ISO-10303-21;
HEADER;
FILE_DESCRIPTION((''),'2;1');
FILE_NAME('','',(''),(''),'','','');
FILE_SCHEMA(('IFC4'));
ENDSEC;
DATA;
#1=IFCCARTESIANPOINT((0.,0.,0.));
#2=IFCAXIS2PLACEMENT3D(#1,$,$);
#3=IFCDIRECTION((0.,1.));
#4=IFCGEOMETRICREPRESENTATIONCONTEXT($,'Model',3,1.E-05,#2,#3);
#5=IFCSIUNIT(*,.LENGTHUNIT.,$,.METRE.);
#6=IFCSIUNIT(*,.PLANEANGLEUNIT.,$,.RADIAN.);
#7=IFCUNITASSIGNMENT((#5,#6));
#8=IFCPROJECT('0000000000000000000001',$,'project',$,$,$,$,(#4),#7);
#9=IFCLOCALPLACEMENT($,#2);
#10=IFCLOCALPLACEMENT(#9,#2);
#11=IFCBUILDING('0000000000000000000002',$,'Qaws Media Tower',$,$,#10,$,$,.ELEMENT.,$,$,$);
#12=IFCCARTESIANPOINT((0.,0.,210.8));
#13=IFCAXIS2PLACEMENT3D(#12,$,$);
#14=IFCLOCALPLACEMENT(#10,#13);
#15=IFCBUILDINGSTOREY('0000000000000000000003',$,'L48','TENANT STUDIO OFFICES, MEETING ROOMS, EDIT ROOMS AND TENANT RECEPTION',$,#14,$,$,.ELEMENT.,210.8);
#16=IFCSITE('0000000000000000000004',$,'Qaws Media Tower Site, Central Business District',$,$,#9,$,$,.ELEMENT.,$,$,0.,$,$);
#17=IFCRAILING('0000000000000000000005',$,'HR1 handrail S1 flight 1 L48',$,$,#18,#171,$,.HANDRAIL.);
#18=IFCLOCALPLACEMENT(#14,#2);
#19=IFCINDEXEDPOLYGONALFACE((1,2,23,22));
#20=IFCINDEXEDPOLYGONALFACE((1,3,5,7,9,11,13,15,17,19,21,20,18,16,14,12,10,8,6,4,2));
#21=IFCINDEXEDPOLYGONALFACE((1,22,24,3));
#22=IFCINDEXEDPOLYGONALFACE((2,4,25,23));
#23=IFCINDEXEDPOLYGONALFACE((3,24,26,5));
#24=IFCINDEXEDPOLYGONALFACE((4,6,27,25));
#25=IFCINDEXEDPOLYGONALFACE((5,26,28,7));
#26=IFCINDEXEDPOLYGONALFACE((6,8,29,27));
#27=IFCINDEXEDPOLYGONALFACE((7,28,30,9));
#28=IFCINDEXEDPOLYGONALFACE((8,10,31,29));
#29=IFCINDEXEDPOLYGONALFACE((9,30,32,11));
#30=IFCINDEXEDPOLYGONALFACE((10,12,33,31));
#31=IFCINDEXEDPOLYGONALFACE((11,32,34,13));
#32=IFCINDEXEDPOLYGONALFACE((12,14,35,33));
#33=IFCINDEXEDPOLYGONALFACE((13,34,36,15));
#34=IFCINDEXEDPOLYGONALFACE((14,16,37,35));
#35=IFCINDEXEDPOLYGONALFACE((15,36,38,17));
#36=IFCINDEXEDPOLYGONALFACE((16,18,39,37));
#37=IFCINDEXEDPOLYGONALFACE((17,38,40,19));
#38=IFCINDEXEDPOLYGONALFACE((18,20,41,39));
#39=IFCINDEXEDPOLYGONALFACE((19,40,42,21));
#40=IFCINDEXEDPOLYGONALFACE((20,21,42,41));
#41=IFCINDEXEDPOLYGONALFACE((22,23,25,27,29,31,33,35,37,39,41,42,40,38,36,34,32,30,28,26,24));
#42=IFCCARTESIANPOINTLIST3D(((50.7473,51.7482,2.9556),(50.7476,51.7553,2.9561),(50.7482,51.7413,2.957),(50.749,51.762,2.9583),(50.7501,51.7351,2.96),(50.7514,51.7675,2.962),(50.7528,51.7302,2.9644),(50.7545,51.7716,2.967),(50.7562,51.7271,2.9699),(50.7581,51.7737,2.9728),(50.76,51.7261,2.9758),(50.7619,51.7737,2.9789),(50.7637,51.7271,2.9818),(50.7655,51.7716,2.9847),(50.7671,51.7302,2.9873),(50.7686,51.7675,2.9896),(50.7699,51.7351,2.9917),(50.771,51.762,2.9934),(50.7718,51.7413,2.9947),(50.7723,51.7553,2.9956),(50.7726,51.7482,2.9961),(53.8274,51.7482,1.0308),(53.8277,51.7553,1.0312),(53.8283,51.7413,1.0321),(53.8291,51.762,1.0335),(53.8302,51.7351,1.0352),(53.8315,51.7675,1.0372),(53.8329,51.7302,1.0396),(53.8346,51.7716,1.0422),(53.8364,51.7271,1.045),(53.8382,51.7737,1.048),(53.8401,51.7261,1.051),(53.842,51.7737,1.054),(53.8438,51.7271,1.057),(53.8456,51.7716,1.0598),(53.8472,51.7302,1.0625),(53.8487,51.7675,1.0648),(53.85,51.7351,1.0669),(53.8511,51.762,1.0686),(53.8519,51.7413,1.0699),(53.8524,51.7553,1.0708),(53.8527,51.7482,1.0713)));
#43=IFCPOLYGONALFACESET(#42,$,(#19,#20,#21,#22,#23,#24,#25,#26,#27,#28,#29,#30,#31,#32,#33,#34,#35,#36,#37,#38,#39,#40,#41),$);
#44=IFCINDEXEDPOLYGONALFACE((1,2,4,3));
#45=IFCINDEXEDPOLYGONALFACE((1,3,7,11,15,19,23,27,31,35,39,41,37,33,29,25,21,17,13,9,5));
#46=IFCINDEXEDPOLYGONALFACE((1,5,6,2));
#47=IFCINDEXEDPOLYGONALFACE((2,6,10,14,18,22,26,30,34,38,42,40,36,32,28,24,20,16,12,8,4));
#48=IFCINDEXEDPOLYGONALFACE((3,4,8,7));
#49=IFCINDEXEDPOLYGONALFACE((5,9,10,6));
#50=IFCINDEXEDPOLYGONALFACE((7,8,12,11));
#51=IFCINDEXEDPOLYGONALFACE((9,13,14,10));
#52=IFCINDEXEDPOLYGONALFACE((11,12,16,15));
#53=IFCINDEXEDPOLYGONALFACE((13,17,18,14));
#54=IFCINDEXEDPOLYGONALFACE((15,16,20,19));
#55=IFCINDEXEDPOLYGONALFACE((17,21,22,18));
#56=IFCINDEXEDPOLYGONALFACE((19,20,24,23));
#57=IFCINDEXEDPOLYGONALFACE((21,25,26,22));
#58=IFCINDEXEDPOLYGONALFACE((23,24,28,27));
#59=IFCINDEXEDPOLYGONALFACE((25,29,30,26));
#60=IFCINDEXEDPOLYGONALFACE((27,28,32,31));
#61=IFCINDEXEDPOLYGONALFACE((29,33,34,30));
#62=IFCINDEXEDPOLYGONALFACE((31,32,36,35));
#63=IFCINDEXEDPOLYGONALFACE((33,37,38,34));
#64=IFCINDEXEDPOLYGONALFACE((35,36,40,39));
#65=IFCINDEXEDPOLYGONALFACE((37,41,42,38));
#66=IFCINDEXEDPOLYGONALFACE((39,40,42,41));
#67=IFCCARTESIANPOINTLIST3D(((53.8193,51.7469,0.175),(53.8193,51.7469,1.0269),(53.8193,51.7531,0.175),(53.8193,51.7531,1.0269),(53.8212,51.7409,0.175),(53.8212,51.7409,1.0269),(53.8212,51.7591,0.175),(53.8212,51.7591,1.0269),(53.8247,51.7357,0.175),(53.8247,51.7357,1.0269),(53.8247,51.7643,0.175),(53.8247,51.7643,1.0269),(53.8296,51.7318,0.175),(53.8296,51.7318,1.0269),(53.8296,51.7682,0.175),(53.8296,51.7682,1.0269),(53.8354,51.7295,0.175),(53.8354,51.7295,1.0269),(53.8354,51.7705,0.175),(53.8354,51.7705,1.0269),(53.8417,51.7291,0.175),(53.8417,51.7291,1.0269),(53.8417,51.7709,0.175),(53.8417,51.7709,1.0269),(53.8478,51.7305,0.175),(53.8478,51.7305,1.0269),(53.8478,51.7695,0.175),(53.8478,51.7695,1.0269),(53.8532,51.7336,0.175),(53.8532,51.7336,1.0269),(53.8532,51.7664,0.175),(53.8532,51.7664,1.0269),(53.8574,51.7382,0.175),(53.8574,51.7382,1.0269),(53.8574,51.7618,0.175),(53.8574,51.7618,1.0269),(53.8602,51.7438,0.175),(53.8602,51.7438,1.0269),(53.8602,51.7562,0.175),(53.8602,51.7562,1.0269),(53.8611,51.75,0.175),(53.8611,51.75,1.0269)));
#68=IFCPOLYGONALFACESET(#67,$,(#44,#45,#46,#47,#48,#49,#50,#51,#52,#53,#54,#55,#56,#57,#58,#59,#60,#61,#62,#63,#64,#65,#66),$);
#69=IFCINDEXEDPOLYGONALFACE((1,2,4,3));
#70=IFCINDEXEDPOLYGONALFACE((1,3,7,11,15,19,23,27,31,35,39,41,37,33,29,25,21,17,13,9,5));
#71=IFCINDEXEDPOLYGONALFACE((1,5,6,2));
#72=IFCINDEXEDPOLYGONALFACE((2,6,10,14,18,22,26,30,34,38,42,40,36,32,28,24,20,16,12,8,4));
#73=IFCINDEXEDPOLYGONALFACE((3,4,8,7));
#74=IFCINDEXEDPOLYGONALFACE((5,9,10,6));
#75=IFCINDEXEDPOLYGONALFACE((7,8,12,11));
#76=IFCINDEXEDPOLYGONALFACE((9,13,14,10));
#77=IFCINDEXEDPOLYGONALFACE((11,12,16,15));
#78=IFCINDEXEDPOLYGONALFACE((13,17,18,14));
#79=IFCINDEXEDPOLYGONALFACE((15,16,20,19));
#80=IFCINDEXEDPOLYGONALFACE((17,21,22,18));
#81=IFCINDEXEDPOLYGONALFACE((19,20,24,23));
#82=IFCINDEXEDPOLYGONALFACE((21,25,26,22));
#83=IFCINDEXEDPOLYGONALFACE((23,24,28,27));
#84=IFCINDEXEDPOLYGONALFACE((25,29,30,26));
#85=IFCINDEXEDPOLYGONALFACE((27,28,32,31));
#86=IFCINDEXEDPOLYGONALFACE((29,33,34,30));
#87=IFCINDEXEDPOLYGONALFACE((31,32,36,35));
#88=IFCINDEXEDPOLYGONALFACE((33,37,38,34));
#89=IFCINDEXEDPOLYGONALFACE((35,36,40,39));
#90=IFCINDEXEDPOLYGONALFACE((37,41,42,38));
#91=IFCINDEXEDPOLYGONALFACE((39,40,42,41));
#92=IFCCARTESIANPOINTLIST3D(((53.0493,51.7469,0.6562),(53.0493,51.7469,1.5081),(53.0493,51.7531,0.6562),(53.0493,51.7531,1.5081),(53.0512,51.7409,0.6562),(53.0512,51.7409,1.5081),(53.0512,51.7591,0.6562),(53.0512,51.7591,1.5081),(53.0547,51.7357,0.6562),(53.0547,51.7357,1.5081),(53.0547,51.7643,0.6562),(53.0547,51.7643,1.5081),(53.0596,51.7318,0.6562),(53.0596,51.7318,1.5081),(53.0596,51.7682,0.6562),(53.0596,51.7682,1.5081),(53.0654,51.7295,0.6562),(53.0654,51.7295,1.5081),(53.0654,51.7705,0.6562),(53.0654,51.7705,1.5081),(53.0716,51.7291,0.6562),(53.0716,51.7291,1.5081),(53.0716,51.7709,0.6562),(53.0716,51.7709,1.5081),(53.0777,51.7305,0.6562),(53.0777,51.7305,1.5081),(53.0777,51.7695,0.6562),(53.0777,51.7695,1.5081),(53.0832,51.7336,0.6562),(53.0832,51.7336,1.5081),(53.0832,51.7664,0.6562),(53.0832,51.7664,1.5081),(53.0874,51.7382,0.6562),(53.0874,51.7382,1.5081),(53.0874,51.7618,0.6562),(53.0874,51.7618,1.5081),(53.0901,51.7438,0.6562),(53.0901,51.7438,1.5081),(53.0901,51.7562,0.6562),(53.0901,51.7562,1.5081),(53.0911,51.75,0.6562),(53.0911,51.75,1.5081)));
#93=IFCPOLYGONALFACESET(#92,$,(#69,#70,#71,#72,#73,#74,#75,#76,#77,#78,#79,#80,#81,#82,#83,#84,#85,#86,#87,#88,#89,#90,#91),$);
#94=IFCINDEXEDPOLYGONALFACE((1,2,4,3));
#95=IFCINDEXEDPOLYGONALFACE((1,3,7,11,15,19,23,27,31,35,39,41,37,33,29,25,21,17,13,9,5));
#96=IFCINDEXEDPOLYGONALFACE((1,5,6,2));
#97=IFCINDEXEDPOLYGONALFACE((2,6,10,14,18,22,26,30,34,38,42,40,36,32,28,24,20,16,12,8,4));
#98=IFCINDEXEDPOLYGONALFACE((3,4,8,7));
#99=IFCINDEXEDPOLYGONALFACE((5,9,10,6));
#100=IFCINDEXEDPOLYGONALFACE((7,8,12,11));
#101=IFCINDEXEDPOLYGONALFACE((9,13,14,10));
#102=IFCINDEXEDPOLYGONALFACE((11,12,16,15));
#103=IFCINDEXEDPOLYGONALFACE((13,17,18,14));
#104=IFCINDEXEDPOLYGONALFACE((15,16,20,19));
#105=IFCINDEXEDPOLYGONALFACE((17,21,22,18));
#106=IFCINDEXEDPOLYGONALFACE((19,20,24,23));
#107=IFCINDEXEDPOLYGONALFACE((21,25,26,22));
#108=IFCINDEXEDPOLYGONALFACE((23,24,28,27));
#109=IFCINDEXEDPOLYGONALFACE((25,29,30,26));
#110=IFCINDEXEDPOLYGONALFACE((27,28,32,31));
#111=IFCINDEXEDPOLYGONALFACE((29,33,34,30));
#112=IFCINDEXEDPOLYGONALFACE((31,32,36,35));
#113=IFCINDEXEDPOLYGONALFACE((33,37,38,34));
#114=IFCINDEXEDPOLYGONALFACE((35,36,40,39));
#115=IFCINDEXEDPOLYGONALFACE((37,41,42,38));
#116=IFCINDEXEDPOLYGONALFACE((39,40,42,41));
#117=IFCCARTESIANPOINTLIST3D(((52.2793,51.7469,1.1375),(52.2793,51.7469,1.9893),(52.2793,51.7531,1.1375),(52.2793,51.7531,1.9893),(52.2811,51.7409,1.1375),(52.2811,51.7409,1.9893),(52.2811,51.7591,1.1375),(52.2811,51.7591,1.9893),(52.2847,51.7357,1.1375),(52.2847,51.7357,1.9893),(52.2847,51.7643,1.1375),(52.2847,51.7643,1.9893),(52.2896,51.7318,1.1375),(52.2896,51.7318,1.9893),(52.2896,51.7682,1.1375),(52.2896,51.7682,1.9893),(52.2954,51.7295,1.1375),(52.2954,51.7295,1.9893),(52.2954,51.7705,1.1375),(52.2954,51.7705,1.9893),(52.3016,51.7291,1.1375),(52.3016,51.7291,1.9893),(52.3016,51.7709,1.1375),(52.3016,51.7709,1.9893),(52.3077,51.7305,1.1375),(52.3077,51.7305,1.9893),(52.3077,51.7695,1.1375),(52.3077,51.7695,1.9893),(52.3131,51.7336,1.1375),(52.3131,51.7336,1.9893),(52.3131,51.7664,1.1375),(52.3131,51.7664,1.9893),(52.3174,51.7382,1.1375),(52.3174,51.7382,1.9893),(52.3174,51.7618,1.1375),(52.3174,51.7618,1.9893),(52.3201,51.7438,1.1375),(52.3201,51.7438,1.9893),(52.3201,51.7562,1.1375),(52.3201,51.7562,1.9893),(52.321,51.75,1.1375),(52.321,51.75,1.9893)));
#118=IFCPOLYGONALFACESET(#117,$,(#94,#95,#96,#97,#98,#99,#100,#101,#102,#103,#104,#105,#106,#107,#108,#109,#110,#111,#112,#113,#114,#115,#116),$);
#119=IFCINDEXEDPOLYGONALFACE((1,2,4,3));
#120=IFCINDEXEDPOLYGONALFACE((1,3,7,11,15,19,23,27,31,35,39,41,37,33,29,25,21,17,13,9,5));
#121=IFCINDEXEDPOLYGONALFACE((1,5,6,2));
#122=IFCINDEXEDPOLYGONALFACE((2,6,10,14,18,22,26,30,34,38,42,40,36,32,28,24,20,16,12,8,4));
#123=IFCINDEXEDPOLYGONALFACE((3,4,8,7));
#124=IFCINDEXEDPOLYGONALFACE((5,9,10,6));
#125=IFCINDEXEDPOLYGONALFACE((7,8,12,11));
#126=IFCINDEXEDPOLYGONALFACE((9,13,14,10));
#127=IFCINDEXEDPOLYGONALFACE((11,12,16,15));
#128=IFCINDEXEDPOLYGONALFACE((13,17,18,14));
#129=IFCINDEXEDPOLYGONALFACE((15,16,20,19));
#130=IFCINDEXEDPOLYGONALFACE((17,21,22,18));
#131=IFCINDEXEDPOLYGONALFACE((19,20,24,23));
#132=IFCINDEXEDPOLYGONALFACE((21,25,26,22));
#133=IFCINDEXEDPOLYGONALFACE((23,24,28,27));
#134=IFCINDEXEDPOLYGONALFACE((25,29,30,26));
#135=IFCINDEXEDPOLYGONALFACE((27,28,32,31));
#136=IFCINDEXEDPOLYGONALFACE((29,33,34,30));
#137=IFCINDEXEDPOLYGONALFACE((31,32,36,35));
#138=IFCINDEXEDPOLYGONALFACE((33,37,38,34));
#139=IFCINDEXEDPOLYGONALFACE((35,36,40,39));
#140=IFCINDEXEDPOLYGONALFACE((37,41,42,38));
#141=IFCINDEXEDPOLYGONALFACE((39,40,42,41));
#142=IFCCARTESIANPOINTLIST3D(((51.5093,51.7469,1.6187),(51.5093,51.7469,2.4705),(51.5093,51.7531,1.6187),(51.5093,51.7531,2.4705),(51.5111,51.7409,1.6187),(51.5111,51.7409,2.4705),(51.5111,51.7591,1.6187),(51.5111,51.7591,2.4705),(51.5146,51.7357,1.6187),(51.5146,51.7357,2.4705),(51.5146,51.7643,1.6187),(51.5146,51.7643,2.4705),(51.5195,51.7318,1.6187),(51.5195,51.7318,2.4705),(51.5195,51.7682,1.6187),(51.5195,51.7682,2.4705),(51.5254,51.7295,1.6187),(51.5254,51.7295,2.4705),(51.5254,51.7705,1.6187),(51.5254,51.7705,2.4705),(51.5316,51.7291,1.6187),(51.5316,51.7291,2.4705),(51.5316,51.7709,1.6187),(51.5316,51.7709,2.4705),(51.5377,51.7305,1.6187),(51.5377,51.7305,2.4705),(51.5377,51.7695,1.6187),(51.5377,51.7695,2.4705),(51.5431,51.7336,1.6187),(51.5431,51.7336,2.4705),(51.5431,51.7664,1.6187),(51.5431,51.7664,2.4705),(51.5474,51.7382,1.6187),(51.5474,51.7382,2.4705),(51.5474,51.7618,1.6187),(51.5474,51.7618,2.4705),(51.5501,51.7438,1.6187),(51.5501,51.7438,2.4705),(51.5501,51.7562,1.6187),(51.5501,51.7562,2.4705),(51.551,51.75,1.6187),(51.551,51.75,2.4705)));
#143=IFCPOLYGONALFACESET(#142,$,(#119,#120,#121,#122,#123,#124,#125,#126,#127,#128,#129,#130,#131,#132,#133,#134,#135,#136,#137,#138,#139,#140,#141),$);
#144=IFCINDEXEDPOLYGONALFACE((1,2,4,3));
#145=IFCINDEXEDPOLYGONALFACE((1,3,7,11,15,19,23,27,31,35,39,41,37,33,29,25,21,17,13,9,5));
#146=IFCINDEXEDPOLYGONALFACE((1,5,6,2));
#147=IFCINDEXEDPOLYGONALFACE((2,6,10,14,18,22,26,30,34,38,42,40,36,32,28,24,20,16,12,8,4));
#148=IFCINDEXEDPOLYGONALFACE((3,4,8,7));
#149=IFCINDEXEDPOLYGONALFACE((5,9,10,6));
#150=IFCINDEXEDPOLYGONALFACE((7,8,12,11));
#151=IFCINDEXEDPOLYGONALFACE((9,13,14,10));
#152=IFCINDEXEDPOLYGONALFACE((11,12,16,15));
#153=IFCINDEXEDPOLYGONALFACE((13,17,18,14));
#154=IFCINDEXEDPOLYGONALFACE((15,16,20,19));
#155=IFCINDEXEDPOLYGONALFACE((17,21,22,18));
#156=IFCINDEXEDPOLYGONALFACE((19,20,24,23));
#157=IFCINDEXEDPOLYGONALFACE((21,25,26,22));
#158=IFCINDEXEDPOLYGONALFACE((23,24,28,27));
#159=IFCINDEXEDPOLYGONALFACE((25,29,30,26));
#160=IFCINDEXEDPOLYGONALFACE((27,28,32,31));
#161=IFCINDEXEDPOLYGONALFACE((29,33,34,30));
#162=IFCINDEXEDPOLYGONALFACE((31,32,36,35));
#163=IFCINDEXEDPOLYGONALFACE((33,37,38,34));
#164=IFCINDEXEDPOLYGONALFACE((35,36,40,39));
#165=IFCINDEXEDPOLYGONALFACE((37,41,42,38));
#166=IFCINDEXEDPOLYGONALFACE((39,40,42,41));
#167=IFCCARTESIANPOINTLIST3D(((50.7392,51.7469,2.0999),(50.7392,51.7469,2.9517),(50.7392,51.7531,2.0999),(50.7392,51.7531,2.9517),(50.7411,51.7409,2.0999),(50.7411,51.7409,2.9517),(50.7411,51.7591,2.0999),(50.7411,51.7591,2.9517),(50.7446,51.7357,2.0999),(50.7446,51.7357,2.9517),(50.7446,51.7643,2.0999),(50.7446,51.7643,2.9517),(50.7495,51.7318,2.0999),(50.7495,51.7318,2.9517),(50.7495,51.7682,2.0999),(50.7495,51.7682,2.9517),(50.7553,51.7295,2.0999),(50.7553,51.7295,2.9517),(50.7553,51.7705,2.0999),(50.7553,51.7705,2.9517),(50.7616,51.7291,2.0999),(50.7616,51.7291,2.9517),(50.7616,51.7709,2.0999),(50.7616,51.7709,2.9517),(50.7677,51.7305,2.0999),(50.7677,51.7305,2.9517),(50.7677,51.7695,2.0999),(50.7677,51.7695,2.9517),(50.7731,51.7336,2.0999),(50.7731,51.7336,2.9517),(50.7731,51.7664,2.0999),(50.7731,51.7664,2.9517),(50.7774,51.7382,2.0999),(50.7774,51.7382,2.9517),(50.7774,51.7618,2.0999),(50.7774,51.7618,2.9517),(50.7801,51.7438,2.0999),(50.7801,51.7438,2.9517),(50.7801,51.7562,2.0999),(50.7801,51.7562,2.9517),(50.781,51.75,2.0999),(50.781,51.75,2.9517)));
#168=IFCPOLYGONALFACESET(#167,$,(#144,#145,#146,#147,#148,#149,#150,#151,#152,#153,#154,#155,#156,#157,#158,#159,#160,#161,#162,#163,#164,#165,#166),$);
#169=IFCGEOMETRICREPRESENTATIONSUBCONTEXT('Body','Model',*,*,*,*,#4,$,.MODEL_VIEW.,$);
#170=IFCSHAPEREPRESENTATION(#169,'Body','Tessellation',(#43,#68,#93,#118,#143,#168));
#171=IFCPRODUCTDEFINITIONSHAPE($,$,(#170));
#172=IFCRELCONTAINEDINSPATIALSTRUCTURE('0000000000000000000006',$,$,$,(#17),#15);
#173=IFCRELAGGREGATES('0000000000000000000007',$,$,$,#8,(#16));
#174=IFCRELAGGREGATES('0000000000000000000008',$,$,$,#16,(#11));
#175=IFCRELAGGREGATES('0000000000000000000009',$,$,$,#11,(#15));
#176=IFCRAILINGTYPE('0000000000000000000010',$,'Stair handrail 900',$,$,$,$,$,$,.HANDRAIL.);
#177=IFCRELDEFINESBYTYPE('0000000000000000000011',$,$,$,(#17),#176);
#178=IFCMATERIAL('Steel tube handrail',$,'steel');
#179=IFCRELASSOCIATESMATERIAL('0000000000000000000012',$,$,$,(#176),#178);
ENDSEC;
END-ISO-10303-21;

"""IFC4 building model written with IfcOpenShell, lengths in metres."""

from ifc_helpers import new_model, si_unit, direction, frame, origin, origin_2d, place, context, subcontext, project, spatial, circle, extrude, material, type_object, element, save


model = new_model("IFC4")

# Units and contexts
model_context = context("Model", 3, precision=1e-05, world=origin(), true_north=direction((0.0, 1.0)))
body_context = subcontext(model_context, "Body", "Model", "MODEL_VIEW")
ifc_project = project(units=[si_unit("LENGTHUNIT", "METRE"), si_unit("PLANEANGLEUNIT", "RADIAN")], contexts=[model_context])

# Site, building, storey
site_placement = place(None, origin())
site = spatial("IfcSite", under=ifc_project, at=site_placement, Name="Qaws Media Tower Site, Central Business District", CompositionType="ELEMENT", RefElevation=0.0)
building_placement = place(site_placement, origin())
building = spatial("IfcBuilding", under=site, at=building_placement, Name="Qaws Media Tower", CompositionType="ELEMENT")
storey_placement = place(building_placement, frame((0.0, 0.0, 210.8)))
storey = spatial("IfcBuildingStorey", under=building, at=storey_placement, Name="L48", Description="TENANT STUDIO OFFICES, MEETING ROOMS, EDIT ROOMS AND TENANT RECEPTION", CompositionType="ELEMENT", Elevation=210.8)

# Railing
ifc_material_1 = material(Name="Steel tube handrail", Category="steel")
railing_type = type_object("IfcRailingType", Name="Stair handrail 900", PredefinedType="HANDRAIL", material=ifc_material_1)
for number, where, name in (
    (1, (53.8401, 51.75, 0.175), "HR1 handrail S1 flight 1 L48"),
):
    element("IfcRailing", number, at=place(storey_placement, frame(where)), inside=storey, type_object=railing_type, Name=name, PredefinedType="HANDRAIL", context=body_context, shape_type="SweptSolid", body=[
        extrude(circle(Radius=0.0239, at=origin_2d()), frame((0.0, 0.0, 0.876), z_axis=(-0.848029, 0.0, 0.529951), x_axis=(0.0, -1.0, 0.0)), (0.0, 0.0, 1.0), 3.6321),
        extrude(circle(Radius=0.021, at=origin_2d()), origin(), (0.0, 0.0, 1.0), 0.8518),
        extrude(circle(Radius=0.021, at=origin_2d()), frame((-0.77, 0.0, 0.4812)), (0.0, 0.0, 1.0), 0.8518),
        extrude(circle(Radius=0.021, at=origin_2d()), frame((-1.54, 0.0, 0.9624)), (0.0, 0.0, 1.0), 0.8518),
        extrude(circle(Radius=0.021, at=origin_2d()), frame((-2.3101, 0.0, 1.4436)), (0.0, 0.0, 1.0), 0.8518),
        extrude(circle(Radius=0.021, at=origin_2d()), frame((-3.0801, 0.0, 1.9248)), (0.0, 0.0, 1.0), 0.8518),
    ])

save(model, "model.ifc")
